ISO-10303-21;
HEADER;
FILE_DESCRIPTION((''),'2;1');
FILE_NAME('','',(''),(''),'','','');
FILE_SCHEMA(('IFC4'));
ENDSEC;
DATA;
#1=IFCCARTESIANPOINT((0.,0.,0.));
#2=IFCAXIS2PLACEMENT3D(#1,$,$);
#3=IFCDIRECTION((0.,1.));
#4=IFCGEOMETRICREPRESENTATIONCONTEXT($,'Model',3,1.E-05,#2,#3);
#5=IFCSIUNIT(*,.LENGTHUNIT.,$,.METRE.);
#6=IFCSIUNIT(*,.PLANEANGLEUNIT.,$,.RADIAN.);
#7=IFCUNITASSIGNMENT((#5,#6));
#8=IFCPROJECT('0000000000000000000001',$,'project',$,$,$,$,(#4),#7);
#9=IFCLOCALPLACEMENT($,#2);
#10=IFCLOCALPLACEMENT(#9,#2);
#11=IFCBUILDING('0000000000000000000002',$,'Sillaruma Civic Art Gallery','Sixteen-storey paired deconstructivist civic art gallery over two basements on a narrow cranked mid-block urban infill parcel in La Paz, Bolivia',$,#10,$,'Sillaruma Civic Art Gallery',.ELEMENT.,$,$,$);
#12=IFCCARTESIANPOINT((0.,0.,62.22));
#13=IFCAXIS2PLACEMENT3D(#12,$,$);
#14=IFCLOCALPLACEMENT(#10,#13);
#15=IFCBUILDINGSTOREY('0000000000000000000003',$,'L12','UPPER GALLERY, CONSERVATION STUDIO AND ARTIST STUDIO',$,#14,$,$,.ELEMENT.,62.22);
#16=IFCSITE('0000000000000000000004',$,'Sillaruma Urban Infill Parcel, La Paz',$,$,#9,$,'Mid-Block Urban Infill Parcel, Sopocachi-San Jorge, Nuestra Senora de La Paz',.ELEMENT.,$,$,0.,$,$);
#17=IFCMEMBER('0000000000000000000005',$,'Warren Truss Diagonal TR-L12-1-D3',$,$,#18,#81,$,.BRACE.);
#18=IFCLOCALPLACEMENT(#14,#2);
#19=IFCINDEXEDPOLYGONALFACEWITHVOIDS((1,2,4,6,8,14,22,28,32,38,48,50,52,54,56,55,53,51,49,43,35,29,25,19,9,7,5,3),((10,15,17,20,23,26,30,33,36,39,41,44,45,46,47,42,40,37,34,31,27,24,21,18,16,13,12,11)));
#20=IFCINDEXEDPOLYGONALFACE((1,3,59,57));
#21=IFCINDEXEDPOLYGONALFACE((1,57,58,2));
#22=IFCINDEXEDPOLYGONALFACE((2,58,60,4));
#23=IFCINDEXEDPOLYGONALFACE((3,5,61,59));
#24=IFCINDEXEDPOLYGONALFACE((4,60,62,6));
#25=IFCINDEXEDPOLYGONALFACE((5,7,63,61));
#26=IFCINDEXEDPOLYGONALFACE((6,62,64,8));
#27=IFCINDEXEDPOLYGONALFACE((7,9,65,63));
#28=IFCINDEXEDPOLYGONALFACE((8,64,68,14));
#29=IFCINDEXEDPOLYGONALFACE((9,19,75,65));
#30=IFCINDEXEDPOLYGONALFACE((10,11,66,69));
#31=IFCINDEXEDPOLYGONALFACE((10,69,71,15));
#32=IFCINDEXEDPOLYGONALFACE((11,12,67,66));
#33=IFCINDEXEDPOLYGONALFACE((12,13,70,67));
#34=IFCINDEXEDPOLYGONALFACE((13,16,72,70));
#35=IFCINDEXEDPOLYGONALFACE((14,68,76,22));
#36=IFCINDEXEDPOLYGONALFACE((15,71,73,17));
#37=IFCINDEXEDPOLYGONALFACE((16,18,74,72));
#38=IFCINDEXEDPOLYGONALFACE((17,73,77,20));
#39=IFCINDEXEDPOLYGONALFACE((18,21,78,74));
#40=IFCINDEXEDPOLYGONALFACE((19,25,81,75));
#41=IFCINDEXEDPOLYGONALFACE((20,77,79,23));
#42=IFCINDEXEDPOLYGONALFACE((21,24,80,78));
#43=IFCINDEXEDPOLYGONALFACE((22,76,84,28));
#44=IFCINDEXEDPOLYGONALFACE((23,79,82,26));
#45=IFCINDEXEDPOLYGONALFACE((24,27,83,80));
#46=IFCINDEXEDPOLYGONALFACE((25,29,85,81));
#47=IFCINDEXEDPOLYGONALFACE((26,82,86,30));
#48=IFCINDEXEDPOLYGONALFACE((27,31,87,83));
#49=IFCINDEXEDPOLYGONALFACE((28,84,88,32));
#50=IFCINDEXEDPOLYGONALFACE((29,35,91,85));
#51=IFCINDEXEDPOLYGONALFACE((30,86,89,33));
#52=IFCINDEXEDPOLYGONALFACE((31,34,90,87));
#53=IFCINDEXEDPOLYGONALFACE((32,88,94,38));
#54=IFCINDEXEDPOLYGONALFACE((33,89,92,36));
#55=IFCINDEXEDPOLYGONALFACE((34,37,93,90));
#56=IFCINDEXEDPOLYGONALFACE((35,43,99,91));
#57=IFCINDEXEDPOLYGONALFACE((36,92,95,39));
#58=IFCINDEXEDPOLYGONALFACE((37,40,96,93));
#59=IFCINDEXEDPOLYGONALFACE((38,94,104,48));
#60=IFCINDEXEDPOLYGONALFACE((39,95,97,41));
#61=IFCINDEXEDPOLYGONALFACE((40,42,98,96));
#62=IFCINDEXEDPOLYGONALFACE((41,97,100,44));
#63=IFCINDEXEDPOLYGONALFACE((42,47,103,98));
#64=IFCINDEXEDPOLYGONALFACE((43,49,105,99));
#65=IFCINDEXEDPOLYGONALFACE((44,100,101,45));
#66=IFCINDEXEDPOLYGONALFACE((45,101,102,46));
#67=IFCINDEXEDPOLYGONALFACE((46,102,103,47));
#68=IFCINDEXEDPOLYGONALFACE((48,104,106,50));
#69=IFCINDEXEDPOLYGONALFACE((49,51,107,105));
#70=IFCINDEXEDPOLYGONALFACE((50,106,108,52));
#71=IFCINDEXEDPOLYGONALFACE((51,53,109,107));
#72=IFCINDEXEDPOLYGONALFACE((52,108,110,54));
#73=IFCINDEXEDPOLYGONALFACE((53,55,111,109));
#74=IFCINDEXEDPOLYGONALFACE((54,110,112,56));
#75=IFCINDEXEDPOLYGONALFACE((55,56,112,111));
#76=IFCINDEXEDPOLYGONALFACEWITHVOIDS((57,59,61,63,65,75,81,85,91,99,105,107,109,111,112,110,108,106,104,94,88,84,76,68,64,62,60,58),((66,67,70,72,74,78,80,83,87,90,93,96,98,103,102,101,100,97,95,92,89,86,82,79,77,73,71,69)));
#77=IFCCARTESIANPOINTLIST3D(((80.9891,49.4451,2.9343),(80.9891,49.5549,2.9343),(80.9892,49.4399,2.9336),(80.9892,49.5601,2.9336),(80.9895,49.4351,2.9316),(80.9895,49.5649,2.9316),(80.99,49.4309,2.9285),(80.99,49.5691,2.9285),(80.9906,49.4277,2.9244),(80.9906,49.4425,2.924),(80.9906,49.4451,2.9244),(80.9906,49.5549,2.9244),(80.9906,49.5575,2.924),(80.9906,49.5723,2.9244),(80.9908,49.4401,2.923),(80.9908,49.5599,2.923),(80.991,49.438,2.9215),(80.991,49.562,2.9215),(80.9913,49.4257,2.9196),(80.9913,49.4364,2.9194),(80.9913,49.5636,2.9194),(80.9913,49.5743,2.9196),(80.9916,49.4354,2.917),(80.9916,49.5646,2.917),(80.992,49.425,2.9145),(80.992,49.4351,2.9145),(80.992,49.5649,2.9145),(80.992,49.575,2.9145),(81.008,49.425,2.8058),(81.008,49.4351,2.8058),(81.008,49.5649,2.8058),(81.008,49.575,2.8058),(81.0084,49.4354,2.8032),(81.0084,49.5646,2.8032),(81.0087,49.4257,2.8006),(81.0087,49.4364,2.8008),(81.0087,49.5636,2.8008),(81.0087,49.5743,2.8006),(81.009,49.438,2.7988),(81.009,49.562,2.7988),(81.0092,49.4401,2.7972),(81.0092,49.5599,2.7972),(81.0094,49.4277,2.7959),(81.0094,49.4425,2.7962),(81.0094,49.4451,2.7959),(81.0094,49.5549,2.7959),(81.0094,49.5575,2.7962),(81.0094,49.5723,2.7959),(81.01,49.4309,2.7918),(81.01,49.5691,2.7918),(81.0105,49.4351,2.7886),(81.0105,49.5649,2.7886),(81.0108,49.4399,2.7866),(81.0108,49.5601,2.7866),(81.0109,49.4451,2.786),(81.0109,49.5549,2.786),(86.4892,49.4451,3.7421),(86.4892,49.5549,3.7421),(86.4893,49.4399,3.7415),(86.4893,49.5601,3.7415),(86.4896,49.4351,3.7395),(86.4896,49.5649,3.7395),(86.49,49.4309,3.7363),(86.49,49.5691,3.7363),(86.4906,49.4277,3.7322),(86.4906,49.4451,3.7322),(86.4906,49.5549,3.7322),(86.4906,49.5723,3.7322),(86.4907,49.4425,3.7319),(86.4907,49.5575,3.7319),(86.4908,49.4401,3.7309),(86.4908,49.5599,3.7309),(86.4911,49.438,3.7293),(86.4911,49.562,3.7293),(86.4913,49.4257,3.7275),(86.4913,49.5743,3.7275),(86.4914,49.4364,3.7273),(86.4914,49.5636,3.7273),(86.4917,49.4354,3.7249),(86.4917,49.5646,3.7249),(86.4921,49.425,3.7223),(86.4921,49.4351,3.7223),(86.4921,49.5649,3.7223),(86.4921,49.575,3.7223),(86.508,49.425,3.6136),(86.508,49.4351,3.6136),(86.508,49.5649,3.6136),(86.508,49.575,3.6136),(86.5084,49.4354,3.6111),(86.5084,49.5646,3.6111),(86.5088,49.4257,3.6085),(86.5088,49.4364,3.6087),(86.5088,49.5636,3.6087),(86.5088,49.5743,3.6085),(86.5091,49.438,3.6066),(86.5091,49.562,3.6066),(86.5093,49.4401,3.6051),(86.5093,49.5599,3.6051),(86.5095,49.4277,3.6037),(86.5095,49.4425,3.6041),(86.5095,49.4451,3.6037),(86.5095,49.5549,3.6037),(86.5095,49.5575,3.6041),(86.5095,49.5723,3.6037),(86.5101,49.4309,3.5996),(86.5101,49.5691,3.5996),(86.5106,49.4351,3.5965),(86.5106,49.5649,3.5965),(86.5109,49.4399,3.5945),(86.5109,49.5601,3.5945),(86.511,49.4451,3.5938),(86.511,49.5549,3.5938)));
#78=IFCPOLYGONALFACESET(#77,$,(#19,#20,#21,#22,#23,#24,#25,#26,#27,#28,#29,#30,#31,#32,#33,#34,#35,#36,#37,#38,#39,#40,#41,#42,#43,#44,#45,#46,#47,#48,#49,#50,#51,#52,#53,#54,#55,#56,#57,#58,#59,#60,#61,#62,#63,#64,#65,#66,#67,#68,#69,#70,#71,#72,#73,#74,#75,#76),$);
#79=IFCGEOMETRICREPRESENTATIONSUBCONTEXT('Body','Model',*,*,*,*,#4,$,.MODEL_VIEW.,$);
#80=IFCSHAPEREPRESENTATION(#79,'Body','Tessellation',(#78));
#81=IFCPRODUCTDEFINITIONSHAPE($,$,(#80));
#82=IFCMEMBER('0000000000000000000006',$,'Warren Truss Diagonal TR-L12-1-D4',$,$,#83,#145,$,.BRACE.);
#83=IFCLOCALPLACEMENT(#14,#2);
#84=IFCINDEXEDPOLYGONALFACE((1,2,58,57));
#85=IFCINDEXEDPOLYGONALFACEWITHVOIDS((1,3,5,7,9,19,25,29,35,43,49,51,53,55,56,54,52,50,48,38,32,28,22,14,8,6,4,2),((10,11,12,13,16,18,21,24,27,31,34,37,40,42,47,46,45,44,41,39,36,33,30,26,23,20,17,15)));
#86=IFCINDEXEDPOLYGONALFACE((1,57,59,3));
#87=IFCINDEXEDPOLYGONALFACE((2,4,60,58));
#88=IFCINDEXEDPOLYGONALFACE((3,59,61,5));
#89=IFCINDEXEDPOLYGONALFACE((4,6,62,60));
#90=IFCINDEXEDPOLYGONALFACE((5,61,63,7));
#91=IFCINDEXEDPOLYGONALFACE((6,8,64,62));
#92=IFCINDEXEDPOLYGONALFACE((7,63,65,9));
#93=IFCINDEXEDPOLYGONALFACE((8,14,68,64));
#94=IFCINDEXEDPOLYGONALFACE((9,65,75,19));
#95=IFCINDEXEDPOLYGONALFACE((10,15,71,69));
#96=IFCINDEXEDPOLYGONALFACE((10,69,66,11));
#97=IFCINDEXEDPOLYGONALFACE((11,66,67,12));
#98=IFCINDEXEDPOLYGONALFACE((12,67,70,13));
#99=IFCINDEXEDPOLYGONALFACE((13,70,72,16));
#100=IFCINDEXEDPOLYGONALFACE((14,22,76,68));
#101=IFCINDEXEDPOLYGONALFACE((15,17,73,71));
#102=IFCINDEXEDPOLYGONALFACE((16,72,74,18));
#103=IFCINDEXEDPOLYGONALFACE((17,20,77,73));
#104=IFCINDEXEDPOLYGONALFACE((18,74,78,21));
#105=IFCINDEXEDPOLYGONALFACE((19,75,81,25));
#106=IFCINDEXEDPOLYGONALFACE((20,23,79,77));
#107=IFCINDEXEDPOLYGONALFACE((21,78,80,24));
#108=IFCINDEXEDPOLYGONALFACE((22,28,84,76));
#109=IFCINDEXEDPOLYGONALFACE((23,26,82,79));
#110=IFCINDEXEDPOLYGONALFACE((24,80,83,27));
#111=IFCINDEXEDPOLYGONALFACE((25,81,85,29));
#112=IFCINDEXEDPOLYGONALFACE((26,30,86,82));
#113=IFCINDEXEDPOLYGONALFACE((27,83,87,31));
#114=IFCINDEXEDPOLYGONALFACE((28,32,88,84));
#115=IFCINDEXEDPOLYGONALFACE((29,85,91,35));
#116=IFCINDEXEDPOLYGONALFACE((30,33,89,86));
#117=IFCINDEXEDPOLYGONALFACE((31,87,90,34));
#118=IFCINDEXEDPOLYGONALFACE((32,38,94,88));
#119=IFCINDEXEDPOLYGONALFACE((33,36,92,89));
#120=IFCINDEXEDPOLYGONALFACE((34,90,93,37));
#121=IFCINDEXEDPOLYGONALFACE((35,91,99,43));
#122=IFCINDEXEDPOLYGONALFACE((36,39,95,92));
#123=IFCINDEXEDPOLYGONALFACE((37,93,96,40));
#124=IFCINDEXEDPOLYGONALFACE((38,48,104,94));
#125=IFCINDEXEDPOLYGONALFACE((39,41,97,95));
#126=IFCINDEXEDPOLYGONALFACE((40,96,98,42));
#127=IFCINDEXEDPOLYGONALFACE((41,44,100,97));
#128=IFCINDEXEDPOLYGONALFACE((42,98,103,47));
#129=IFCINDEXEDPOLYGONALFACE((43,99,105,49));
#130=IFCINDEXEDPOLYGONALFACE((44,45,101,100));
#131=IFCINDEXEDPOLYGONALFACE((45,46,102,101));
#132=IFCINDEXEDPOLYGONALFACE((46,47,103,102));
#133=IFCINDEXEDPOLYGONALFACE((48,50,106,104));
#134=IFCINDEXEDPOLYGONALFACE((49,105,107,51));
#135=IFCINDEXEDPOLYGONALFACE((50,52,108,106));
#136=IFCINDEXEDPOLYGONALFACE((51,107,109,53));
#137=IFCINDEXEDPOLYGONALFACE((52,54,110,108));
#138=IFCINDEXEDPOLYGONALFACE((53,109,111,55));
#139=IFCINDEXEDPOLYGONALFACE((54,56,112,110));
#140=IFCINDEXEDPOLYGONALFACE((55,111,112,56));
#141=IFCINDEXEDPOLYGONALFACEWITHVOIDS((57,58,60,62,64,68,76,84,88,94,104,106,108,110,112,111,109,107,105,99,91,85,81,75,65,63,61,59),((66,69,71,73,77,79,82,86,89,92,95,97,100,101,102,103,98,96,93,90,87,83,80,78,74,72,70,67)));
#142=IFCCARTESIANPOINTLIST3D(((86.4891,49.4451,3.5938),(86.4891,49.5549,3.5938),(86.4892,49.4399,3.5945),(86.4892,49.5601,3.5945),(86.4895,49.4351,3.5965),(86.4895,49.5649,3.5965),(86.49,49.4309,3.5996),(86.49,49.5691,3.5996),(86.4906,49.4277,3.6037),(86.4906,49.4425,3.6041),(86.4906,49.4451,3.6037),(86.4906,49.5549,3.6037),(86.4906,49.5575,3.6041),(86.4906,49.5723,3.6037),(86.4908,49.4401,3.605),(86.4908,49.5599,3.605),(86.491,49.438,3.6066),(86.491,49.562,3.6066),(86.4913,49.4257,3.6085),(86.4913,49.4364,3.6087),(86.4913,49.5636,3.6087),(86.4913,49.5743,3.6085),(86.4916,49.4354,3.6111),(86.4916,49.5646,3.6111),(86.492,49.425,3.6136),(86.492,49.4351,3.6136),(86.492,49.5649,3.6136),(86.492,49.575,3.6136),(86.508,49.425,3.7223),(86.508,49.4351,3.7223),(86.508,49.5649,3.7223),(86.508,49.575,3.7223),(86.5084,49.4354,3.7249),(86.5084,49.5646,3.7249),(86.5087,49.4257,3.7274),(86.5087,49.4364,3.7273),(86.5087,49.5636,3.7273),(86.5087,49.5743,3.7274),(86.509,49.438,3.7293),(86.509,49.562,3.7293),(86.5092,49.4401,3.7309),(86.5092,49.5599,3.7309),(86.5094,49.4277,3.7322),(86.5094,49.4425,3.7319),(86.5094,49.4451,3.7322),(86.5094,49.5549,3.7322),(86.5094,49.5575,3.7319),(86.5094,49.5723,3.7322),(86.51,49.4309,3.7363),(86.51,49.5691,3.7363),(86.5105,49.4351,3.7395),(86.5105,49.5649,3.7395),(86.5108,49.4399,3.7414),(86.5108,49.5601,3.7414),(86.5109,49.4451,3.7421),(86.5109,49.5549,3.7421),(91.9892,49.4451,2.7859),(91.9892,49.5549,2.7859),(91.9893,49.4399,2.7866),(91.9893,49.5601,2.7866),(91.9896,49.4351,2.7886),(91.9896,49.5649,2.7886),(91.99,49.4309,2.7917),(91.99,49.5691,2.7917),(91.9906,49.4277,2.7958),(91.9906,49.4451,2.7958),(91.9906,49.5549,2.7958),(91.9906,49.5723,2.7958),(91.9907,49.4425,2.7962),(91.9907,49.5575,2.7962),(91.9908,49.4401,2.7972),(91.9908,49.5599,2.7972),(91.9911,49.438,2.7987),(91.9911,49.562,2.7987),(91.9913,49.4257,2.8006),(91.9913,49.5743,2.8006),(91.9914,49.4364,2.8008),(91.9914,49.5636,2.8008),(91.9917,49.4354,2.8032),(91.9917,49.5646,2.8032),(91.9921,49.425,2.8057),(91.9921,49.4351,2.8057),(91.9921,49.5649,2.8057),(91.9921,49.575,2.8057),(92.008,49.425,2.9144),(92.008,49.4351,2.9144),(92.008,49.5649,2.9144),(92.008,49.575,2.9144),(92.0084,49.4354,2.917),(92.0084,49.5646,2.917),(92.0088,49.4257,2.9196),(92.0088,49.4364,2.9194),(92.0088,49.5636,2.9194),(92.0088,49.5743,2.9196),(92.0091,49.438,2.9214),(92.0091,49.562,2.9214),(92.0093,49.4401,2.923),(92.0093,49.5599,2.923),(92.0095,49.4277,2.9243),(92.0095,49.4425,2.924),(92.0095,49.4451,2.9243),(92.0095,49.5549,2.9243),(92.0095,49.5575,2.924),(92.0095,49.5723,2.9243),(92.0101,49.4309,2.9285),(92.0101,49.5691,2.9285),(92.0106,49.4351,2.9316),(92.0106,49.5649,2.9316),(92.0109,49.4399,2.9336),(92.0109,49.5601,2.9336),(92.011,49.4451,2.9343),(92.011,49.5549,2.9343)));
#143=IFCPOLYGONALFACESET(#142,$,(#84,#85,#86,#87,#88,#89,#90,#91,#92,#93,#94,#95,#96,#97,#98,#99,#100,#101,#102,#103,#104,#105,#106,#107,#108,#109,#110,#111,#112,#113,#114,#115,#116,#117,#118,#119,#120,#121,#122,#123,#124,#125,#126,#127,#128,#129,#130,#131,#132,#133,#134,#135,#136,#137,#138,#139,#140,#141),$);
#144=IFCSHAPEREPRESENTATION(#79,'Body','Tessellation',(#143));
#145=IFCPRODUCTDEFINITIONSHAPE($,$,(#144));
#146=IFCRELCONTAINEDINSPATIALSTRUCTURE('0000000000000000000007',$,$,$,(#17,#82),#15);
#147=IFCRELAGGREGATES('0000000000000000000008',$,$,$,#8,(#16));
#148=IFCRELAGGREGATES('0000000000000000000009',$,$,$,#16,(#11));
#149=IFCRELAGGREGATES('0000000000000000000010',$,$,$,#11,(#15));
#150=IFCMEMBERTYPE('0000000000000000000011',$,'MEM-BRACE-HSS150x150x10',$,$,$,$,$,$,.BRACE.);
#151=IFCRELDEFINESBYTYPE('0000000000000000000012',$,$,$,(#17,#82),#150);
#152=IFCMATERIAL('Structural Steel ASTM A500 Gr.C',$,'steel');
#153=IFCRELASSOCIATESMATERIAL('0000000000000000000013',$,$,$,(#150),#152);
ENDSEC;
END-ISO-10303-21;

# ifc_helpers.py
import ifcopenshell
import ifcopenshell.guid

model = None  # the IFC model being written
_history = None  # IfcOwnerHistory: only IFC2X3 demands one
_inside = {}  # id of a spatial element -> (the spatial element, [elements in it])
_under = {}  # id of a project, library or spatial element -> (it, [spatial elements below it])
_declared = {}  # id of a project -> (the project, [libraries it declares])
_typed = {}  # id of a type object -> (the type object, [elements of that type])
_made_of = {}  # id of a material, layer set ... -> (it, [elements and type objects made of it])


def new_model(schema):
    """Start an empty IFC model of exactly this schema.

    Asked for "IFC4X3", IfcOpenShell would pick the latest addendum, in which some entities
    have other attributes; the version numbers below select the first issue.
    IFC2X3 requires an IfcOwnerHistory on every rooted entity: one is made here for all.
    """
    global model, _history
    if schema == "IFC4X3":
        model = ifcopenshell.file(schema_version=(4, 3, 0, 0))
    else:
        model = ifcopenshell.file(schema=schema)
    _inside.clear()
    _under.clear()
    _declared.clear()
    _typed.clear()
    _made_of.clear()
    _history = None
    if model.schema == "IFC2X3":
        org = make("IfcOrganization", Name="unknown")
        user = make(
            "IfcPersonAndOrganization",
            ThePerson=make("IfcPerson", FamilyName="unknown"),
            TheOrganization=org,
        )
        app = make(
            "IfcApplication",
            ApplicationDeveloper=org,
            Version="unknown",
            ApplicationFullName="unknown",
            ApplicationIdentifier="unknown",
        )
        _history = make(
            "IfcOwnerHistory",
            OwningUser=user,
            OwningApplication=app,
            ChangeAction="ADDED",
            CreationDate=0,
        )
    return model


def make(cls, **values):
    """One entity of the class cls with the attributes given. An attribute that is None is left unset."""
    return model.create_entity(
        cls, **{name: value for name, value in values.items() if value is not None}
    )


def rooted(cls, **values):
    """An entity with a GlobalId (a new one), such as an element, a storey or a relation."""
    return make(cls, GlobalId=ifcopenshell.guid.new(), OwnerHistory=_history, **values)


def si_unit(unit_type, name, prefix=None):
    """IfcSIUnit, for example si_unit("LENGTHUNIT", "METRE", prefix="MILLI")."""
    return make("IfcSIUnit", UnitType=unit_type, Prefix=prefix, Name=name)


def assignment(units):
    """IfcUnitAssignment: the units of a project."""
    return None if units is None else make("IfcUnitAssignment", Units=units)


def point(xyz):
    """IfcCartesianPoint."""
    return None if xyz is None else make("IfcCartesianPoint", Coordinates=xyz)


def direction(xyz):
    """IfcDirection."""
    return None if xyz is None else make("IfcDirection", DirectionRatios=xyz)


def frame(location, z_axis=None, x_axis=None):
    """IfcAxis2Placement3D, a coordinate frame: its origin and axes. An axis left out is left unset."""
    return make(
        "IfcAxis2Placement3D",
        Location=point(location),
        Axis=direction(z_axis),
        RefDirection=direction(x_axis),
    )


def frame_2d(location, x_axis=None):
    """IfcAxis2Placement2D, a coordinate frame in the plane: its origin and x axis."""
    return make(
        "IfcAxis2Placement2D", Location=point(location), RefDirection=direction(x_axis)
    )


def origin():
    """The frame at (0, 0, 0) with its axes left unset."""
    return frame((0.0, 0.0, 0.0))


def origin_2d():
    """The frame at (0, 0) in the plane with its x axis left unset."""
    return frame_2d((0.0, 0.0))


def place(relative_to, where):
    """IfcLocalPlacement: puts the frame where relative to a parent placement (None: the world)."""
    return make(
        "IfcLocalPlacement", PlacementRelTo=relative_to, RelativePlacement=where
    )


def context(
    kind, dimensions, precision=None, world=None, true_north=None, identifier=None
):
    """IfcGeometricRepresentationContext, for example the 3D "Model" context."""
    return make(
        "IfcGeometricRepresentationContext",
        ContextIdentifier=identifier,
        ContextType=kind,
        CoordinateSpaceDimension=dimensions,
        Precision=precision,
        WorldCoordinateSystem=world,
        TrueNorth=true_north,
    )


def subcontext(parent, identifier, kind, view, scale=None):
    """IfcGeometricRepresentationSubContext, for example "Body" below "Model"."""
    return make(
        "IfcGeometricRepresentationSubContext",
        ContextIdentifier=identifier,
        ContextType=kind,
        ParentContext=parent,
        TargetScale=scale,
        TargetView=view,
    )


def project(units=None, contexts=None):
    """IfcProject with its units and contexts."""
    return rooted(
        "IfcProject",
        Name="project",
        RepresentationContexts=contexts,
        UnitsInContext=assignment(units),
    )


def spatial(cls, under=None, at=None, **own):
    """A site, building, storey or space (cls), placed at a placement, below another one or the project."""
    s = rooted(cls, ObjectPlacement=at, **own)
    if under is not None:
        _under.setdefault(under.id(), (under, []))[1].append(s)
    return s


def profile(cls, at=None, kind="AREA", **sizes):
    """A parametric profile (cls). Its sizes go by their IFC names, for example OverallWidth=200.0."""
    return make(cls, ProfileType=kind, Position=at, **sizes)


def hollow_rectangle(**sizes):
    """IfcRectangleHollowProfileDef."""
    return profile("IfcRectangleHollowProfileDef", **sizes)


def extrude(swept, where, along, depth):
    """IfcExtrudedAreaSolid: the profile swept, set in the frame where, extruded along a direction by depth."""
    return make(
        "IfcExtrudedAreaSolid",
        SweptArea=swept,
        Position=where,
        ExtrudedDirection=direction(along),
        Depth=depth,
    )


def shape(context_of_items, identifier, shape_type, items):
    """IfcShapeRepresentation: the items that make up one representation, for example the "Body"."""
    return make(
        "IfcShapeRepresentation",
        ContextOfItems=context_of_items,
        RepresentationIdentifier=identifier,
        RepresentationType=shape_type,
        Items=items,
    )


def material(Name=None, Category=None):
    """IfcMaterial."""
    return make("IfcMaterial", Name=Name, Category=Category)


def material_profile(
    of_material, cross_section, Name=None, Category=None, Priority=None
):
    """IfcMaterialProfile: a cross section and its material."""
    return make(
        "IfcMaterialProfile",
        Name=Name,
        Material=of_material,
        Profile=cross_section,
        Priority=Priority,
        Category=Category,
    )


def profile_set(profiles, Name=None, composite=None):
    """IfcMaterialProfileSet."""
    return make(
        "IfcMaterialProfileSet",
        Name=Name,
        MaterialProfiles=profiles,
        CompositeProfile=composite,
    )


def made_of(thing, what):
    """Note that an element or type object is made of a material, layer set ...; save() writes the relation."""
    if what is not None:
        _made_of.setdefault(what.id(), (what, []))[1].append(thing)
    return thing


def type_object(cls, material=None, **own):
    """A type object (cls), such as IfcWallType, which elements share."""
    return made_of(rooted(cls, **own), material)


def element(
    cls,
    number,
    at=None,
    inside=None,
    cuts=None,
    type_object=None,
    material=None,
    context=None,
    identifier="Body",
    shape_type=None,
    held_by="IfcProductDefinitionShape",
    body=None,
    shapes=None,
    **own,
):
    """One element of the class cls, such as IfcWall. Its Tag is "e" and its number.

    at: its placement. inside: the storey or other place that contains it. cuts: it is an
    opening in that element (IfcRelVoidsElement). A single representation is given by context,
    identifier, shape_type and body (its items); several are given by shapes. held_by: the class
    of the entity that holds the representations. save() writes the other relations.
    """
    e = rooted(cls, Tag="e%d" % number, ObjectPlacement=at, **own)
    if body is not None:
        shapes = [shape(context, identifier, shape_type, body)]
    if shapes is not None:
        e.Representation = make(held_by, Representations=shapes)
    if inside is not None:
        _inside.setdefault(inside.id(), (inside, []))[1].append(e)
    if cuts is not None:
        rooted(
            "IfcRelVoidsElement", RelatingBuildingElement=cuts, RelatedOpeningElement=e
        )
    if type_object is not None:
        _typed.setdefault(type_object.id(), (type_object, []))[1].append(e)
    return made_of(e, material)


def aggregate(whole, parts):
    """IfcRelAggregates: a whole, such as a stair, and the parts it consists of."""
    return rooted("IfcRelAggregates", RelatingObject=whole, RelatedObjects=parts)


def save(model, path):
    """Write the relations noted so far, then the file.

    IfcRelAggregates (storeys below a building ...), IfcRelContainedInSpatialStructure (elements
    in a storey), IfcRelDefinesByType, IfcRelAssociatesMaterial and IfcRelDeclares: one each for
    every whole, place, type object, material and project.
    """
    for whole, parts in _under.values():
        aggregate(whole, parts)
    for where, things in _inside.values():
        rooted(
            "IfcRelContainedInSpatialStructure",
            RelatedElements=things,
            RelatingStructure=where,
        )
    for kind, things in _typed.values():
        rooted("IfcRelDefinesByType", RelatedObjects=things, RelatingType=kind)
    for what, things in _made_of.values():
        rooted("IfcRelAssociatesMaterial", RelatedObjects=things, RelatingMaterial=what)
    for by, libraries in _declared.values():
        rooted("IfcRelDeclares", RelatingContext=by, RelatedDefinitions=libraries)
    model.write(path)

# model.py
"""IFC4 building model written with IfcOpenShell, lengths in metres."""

from ifc_helpers import new_model, si_unit, direction, frame, origin, origin_2d, place, context, subcontext, project, spatial, hollow_rectangle, extrude, material, material_profile, profile_set, type_object, element, save


model = new_model("IFC4")

# Units and contexts
model_context = context("Model", 3, precision=1e-05, world=origin(), true_north=direction((0.0, 1.0)))
body_context = subcontext(model_context, "Body", "Model", "MODEL_VIEW")
ifc_project = project(units=[si_unit("LENGTHUNIT", "METRE"), si_unit("PLANEANGLEUNIT", "RADIAN")], contexts=[model_context])

# Site, building, storey
site_placement = place(None, origin())
site = spatial("IfcSite", under=ifc_project, at=site_placement, Name="Sillaruma Urban Infill Parcel, La Paz", LongName="Mid-Block Urban Infill Parcel, Sopocachi-San Jorge, Nuestra Senora de La Paz", CompositionType="ELEMENT", RefElevation=0.0)
building_placement = place(site_placement, origin())
building = spatial("IfcBuilding", under=site, at=building_placement, Name="Sillaruma Civic Art Gallery", Description="Sixteen-storey paired deconstructivist civic art gallery over two basements on a narrow cranked mid-block urban infill parcel in La Paz, Bolivia", LongName="Sillaruma Civic Art Gallery", CompositionType="ELEMENT")
storey_placement = place(building_placement, frame((0.0, 0.0, 62.22)))
storey = spatial("IfcBuildingStorey", under=building, at=storey_placement, Name="L12", Description="UPPER GALLERY, CONSERVATION STUDIO AND ARTIST STUDIO", CompositionType="ELEMENT", Elevation=62.22)

# Members
ifc_material_1 = material(Name="Structural Steel ASTM A500 Gr.C", Category="steel")
ifc_material_profile_1 = material_profile(ifc_material_1, hollow_rectangle(XDim=0.1499, YDim=0.1499, WallThickness=0.01, InnerFilletRadius=0.01, OuterFilletRadius=0.02, at=origin_2d()), Name="HSS150x150x10")
ifc_profile_set_1 = profile_set([ifc_material_profile_1], Name="Structural Steel ASTM A500 Gr.C")
member_type_1 = type_object("IfcMemberType", Name="MEM-BRACE-HSS150x150x10", PredefinedType="BRACE", material=ifc_profile_set_1)
for number, where, z_axis, x_axis, name in (
    (1, (81.0, 49.5, 2.8601), (0.989384, 0.0, 0.145325), (0.0, 1.0, 0.0), "Warren Truss Diagonal TR-L12-1-D3"),
    (2, (86.5, 49.5, 3.668), (0.989384, 0.0, -0.145325), (0.0, 1.0, 0.0), "Warren Truss Diagonal TR-L12-1-D4"),
):
    element("IfcMember", number, at=place(storey_placement, frame(where, z_axis=z_axis, x_axis=x_axis)), inside=storey, type_object=member_type_1, Name=name, PredefinedType="BRACE", context=body_context, shape_type="SweptSolid", body=[
        extrude(hollow_rectangle(XDim=0.1499, YDim=0.1499, WallThickness=0.01, InnerFilletRadius=0.01, OuterFilletRadius=0.02, at=origin_2d()), origin(), (0.0, 0.0, 1.0), 5.5591),
    ])

save(model, "model.ifc")
